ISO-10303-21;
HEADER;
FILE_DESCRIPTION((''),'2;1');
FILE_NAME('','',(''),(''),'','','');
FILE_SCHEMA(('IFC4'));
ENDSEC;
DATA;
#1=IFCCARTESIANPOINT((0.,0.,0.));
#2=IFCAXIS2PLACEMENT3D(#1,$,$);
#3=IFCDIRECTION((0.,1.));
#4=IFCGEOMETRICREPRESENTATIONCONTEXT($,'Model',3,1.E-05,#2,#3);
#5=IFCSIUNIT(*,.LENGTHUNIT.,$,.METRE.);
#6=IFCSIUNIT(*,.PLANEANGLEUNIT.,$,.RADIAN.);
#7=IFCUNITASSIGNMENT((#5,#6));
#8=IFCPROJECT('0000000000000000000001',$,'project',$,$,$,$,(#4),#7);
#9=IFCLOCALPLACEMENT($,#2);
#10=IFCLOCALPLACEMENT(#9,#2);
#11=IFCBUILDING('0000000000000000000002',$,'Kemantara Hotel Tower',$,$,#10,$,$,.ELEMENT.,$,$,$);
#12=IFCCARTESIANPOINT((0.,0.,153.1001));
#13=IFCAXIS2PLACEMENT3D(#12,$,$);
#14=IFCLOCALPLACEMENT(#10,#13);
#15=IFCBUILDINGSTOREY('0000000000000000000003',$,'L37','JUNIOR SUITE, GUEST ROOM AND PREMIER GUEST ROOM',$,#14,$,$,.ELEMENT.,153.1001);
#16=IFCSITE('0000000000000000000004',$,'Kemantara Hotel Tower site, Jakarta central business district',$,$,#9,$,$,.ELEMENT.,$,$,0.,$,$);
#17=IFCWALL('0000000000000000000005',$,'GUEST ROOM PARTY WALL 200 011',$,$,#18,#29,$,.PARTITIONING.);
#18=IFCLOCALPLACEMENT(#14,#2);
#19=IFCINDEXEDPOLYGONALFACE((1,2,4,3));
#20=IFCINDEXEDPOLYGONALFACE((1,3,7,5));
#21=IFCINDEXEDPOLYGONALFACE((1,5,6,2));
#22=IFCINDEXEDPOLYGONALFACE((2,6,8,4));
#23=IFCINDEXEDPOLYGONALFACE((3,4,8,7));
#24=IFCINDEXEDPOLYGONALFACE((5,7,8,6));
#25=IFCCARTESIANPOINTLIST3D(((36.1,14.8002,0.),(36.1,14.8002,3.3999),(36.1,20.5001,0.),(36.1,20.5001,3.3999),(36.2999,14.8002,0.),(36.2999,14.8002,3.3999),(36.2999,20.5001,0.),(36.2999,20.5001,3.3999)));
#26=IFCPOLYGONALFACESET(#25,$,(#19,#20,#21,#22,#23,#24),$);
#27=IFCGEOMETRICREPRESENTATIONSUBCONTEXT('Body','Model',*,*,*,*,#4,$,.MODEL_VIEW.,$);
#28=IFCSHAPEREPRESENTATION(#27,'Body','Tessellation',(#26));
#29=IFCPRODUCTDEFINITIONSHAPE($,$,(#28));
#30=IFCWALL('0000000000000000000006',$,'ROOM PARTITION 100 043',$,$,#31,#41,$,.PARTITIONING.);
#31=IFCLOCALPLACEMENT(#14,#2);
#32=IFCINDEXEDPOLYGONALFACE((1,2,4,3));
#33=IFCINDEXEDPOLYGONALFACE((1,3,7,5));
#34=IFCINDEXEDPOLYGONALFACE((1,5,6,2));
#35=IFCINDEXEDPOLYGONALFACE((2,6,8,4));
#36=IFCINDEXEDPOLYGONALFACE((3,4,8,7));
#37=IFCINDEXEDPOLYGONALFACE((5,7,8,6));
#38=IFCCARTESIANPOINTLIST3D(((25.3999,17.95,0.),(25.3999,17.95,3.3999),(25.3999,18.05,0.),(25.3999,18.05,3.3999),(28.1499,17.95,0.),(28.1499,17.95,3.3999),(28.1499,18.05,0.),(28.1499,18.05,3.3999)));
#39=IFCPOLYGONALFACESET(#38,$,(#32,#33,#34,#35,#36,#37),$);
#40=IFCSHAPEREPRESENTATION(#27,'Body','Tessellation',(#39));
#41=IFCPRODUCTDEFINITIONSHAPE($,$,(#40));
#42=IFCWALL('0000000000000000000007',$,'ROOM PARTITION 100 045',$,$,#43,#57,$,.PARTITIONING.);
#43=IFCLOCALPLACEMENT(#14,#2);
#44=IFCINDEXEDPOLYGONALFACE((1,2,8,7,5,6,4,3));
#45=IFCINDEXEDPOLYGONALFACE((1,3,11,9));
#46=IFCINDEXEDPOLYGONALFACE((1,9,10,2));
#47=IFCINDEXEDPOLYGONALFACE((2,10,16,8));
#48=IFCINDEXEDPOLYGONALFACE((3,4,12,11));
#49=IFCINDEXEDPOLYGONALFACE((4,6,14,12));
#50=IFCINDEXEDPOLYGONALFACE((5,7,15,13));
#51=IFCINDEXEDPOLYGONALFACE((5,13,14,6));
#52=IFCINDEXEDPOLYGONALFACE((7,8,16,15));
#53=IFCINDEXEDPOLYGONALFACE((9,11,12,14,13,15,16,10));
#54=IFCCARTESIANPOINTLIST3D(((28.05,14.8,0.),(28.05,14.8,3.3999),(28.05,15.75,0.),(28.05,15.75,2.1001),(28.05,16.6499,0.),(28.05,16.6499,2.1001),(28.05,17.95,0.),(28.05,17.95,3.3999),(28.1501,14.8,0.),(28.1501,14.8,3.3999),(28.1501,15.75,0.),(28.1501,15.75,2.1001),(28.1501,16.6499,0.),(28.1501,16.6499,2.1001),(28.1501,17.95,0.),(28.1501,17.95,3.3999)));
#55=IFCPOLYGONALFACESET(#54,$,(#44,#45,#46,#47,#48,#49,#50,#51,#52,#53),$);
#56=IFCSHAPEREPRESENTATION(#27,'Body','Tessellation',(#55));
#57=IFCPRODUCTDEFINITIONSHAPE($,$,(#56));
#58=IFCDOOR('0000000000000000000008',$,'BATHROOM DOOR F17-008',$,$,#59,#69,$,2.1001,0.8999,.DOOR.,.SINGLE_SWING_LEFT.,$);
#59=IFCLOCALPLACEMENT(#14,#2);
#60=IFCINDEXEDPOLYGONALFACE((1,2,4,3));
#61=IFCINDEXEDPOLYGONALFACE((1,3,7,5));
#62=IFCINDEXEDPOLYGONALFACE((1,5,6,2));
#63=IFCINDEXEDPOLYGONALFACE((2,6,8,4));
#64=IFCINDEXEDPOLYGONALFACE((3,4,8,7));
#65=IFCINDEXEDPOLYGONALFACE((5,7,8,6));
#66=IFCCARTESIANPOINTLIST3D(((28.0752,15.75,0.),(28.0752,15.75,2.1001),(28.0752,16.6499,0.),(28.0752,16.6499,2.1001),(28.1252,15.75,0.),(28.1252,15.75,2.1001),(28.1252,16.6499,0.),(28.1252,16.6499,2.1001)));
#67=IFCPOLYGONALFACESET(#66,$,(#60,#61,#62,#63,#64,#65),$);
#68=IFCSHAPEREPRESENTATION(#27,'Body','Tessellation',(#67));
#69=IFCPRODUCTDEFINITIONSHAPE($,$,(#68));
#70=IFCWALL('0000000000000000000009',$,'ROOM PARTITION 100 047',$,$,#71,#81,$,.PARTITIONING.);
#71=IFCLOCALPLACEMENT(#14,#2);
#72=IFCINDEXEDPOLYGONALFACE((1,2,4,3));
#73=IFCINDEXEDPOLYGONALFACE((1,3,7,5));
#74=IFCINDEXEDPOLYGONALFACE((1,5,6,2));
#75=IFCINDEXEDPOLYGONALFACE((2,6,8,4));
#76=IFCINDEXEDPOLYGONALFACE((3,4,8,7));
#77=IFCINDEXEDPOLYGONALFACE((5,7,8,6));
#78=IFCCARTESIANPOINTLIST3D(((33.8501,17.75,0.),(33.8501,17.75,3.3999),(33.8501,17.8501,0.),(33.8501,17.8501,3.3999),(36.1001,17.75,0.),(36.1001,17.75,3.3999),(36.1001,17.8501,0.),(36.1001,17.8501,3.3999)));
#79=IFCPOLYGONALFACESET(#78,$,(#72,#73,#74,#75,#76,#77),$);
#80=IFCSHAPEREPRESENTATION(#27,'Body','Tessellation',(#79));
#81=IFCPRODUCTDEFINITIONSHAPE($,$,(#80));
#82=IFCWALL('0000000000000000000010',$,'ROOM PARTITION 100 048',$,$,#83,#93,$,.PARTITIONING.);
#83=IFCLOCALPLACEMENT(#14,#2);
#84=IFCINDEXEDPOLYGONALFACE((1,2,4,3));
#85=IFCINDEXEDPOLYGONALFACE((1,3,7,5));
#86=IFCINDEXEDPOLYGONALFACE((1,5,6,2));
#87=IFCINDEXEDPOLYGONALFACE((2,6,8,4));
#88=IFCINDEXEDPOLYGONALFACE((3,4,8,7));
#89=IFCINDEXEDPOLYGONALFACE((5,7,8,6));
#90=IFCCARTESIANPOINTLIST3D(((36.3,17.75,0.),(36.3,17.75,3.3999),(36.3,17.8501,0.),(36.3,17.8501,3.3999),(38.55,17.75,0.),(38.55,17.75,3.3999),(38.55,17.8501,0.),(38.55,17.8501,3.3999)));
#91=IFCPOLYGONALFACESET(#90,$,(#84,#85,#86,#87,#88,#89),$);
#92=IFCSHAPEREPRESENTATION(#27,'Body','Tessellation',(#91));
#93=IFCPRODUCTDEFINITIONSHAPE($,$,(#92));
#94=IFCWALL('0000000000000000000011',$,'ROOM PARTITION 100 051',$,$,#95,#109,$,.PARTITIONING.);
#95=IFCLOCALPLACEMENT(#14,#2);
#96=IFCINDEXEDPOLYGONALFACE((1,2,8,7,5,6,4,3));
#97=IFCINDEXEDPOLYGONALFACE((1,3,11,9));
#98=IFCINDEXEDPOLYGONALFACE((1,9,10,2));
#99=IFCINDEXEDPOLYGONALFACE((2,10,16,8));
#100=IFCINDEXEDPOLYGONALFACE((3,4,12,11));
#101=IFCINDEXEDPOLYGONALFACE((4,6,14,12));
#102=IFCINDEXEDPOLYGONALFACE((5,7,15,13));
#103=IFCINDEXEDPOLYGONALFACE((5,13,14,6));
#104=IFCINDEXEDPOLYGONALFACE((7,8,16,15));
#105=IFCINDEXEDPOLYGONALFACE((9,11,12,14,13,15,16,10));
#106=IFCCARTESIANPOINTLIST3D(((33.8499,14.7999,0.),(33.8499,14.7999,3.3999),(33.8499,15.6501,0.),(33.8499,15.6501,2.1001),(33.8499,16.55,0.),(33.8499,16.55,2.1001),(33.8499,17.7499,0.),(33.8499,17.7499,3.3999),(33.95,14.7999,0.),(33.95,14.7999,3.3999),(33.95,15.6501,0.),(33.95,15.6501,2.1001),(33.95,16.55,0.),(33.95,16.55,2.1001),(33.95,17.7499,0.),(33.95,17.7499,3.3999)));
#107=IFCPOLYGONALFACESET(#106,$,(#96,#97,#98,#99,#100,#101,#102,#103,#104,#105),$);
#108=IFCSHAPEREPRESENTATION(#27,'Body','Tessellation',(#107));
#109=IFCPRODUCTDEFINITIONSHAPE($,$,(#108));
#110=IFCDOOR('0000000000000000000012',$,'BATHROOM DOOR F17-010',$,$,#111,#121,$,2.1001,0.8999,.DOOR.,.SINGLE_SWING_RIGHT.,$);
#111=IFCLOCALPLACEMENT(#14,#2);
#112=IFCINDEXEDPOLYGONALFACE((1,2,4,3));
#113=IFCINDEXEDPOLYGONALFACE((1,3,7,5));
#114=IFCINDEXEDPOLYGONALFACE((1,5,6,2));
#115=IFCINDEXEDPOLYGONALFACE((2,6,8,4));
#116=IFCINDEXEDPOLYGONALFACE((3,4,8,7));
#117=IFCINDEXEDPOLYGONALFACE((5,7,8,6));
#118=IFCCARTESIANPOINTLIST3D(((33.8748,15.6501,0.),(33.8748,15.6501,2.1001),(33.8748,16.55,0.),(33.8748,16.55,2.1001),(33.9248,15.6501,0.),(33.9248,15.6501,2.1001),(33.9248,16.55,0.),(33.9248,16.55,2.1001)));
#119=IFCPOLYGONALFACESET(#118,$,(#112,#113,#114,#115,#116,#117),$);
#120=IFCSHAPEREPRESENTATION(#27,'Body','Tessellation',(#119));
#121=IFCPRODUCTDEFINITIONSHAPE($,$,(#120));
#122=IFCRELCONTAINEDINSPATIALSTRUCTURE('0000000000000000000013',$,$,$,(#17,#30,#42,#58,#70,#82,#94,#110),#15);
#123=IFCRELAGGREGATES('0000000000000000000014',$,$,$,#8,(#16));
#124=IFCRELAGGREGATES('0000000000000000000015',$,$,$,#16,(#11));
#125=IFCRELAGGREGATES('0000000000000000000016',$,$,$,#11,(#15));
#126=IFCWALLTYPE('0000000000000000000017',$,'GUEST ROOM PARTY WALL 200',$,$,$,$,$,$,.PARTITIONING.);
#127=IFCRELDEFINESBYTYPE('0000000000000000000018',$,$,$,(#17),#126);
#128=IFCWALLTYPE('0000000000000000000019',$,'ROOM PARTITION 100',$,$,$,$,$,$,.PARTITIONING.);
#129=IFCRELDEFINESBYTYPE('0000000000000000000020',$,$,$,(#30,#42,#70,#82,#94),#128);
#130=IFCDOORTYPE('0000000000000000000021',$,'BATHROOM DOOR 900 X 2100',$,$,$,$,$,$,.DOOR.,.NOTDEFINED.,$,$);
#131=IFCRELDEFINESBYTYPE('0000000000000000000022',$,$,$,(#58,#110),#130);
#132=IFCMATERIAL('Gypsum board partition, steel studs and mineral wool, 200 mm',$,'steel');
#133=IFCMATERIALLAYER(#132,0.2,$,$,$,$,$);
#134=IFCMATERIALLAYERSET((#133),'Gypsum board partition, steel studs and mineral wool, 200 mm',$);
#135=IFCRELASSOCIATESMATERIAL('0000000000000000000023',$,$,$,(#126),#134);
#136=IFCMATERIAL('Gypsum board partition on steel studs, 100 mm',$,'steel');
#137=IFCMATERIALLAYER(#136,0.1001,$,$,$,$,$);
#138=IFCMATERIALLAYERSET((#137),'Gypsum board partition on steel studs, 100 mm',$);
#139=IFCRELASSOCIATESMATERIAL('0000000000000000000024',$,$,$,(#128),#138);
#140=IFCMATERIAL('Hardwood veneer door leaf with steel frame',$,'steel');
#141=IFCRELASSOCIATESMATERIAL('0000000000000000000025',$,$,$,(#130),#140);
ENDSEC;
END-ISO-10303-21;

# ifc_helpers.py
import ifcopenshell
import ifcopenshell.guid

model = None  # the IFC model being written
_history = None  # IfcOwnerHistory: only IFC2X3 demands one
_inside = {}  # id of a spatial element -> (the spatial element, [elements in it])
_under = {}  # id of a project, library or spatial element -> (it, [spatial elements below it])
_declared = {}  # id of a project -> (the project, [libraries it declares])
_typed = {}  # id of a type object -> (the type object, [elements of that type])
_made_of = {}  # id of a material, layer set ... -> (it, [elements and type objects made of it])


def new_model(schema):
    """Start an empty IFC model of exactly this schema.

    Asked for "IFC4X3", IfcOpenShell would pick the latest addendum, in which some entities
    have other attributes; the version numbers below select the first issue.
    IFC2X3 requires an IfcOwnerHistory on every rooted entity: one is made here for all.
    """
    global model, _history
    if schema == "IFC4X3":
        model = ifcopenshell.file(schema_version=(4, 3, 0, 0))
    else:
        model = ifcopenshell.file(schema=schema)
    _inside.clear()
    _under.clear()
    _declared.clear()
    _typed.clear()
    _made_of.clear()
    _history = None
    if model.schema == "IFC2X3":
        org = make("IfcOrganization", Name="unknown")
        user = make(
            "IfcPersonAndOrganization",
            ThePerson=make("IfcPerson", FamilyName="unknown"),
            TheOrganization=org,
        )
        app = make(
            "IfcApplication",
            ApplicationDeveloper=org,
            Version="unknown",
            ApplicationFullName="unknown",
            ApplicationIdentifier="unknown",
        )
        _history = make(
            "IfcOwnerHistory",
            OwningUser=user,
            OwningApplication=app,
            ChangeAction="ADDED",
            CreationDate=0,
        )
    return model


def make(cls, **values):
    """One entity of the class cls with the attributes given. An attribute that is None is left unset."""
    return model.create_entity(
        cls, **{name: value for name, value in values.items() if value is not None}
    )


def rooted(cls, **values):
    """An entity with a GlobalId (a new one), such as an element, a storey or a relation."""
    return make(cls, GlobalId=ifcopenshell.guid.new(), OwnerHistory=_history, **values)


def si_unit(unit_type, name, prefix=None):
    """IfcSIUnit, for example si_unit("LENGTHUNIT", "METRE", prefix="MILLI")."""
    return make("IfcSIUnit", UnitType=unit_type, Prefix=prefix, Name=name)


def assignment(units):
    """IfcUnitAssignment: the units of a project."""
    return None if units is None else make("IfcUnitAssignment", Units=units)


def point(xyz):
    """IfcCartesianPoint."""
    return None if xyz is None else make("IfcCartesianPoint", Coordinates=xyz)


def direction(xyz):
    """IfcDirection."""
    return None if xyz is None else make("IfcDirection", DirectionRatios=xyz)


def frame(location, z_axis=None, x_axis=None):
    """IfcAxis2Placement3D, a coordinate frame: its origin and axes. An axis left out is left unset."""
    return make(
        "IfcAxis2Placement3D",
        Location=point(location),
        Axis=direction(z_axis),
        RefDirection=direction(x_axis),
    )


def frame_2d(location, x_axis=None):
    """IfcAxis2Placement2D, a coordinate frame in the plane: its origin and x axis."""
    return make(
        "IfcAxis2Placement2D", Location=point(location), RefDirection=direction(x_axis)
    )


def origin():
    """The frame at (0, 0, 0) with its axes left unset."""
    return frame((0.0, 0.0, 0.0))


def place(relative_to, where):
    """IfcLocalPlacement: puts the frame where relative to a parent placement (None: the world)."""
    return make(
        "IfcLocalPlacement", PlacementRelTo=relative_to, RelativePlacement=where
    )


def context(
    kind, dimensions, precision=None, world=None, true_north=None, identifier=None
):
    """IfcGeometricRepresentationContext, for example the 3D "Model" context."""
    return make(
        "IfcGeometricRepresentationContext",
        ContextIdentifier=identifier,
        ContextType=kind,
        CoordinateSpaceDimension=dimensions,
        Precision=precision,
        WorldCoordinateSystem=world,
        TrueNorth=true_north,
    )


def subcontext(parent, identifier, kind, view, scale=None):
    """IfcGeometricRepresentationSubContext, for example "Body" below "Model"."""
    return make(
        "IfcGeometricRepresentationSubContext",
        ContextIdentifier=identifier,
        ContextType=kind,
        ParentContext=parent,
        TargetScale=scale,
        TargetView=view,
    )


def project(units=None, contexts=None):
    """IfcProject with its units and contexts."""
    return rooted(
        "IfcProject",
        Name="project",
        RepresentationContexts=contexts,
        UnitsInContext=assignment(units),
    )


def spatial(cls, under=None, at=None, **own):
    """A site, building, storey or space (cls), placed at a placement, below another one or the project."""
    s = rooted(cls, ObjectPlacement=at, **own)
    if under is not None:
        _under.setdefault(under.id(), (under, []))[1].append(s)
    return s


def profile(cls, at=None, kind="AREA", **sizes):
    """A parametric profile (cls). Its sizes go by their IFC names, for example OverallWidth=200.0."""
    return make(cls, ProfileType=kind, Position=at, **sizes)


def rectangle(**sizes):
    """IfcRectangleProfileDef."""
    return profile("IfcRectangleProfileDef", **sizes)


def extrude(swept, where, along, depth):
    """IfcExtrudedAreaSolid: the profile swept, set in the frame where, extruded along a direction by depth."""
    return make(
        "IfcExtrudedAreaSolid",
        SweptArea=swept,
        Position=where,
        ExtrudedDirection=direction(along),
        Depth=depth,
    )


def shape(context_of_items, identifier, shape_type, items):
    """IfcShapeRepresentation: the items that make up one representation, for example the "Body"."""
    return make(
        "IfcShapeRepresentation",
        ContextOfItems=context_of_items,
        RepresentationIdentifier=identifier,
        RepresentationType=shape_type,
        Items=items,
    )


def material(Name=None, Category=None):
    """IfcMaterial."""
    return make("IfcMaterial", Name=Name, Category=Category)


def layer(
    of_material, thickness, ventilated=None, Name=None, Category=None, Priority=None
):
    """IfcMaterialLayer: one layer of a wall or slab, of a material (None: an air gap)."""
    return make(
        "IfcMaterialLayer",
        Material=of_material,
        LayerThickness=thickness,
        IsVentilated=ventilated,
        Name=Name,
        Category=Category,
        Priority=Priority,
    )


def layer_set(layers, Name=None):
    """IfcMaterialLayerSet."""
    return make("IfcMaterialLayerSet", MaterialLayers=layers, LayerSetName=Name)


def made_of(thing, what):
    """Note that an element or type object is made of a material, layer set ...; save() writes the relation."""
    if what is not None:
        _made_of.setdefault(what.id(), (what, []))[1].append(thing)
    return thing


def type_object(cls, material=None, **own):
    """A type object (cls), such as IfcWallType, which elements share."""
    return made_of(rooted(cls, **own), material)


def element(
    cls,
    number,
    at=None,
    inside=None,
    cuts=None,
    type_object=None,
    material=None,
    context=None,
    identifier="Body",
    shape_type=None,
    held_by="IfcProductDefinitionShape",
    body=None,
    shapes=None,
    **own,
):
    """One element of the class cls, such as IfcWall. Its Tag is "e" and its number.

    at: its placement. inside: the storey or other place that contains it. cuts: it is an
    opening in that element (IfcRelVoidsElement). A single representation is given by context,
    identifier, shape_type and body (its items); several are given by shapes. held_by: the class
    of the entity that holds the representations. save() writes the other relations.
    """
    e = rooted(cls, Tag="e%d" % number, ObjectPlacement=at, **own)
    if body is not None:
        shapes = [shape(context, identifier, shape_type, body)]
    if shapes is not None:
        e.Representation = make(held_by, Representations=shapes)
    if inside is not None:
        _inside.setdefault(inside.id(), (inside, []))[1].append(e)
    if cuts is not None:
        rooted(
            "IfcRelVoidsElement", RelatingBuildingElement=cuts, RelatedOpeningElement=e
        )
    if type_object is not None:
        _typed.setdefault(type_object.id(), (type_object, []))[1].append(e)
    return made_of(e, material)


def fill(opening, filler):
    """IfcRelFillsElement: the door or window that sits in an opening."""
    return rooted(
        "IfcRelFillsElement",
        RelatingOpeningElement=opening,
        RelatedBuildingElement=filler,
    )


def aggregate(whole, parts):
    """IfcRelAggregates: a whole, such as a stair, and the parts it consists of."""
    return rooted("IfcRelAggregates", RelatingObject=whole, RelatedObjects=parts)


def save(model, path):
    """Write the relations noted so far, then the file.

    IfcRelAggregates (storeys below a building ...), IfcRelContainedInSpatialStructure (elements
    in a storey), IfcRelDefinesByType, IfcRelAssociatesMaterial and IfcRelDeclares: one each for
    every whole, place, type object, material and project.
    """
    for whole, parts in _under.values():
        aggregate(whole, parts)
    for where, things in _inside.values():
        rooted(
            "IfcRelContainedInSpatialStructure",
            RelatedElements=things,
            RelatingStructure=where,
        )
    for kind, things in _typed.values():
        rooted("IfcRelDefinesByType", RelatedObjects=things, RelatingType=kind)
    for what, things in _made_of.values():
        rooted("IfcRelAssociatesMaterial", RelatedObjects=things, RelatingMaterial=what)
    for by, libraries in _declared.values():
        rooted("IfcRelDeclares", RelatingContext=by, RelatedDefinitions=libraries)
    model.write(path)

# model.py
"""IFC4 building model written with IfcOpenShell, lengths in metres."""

from ifc_helpers import new_model, si_unit, direction, frame, frame_2d, origin, place, context, subcontext, project, spatial, rectangle, extrude, material, layer, layer_set, type_object, element, fill, save


model = new_model("IFC4")

# Units and contexts
model_context = context("Model", 3, precision=1e-05, world=origin(), true_north=direction((0.0, 1.0)))
body_context = subcontext(model_context, "Body", "Model", "MODEL_VIEW")
ifc_project = project(units=[si_unit("LENGTHUNIT", "METRE"), si_unit("PLANEANGLEUNIT", "RADIAN")], contexts=[model_context])

# Site, building, storey
site_placement = place(None, origin())
site = spatial("IfcSite", under=ifc_project, at=site_placement, Name="Kemantara Hotel Tower site, Jakarta central business district", CompositionType="ELEMENT", RefElevation=0.0)
building_placement = place(site_placement, origin())
building = spatial("IfcBuilding", under=site, at=building_placement, Name="Kemantara Hotel Tower", CompositionType="ELEMENT")
storey_placement = place(building_placement, frame((0.0, 0.0, 153.1001)))
storey = spatial("IfcBuildingStorey", under=building, at=storey_placement, Name="L37", Description="JUNIOR SUITE, GUEST ROOM AND PREMIER GUEST ROOM", CompositionType="ELEMENT", Elevation=153.1001)

# Shared definitions
ifc_material_1 = material(Name="Gypsum board partition, steel studs and mineral wool, 200 mm", Category="steel")
ifc_material_2 = material(Name="Hardwood veneer door leaf with steel frame", Category="steel")

# Walls
ifc_layer_1 = layer(ifc_material_1, 0.2)
ifc_layer_set_1 = layer_set([ifc_layer_1], Name="Gypsum board partition, steel studs and mineral wool, 200 mm")
wall_type_1 = type_object("IfcWallType", Name="GUEST ROOM PARTY WALL 200", PredefinedType="PARTITIONING", material=ifc_layer_set_1)
wall_1_placement = place(storey_placement, frame((36.2, 14.8, 0.0), z_axis=(0.0, 0.0, 1.0), x_axis=(0.0, 1.0, 0.0)))
element("IfcWall", 1, at=wall_1_placement, inside=storey, type_object=wall_type_1, Name="GUEST ROOM PARTY WALL 200 011", PredefinedType="PARTITIONING", context=body_context, shape_type="SweptSolid", body=[
    extrude(rectangle(XDim=5.7, YDim=0.2, at=frame_2d((2.8501, 0.0))), origin(), (0.0, 0.0, 1.0), 3.3999),
])
ifc_material_3 = material(Name="Gypsum board partition on steel studs, 100 mm", Category="steel")
ifc_layer_2 = layer(ifc_material_3, 0.1001)
ifc_layer_set_2 = layer_set([ifc_layer_2], Name="Gypsum board partition on steel studs, 100 mm")
wall_type_2 = type_object("IfcWallType", Name="ROOM PARTITION 100", PredefinedType="PARTITIONING", material=ifc_layer_set_2)
wall_2_placement = place(storey_placement, frame((25.3999, 18.0, 0.0), z_axis=(0.0, 0.0, 1.0), x_axis=(1.0, 0.0, 0.0)))
element("IfcWall", 2, at=wall_2_placement, inside=storey, type_object=wall_type_2, Name="ROOM PARTITION 100 043", PredefinedType="PARTITIONING", context=body_context, shape_type="SweptSolid", body=[
    extrude(rectangle(XDim=2.75, YDim=0.1001, at=frame_2d((1.375, 0.0))), origin(), (0.0, 0.0, 1.0), 3.3999),
])

# Wall, opening, door
wall_3_placement = place(storey_placement, frame((28.1001, 14.8, 0.0), z_axis=(0.0, 0.0, 1.0), x_axis=(0.0, 1.0, 0.0)))
wall_3 = element("IfcWall", 3, at=wall_3_placement, inside=storey, type_object=wall_type_2, Name="ROOM PARTITION 100 045", PredefinedType="PARTITIONING", context=body_context, shape_type="SweptSolid", body=[
    extrude(rectangle(XDim=3.1499, YDim=0.1001, at=frame_2d((1.575, 0.0))), origin(), (0.0, 0.0, 1.0), 3.3999),
])
opening_1_placement = place(wall_3_placement, frame((0.95, 0.0, 0.0)))
opening_1 = element("IfcOpeningElement", 4, at=opening_1_placement, cuts=wall_3, PredefinedType="OPENING", context=body_context, shape_type="SweptSolid", body=[
    extrude(rectangle(XDim=0.8999, YDim=2.1001, at=frame_2d((0.45, 1.05))), frame((0.0, 0.0601, 0.0), z_axis=(0.0, -1.0, 0.0), x_axis=(1.0, 0.0, 0.0)), (0.0, 0.0, 1.0), 0.1201),
])
door_type_1 = type_object("IfcDoorType", Name="BATHROOM DOOR 900 X 2100", OperationType="NOTDEFINED", PredefinedType="DOOR", material=ifc_material_2)
door_1_placement = place(opening_1_placement, origin())
door_1 = element("IfcDoor", 5, at=door_1_placement, inside=storey, type_object=door_type_1, Name="BATHROOM DOOR F17-008", OperationType="SINGLE_SWING_LEFT", OverallHeight=2.1001, OverallWidth=0.8999, PredefinedType="DOOR", context=body_context, shape_type="SweptSolid", body=[
    extrude(rectangle(XDim=0.8999, YDim=2.1001, at=frame_2d((0.45, 1.05))), frame((0.0, 0.0249, 0.0), z_axis=(0.0, -1.0, 0.0), x_axis=(1.0, 0.0, 0.0)), (0.0, 0.0, 1.0), 0.05),
])
fill(opening_1, door_1)

# Walls
for number, where, z_axis, x_axis, name in (
    (6, (33.8501, 17.8, 0.0), (0.0, 0.0, 1.0), (1.0, 0.0, 0.0), "ROOM PARTITION 100 047"),
    (7, (36.3, 17.8, 0.0), (0.0, 0.0, 1.0), (1.0, 0.0, 0.0), "ROOM PARTITION 100 048"),
):
    element("IfcWall", number, at=place(storey_placement, frame(where, z_axis=z_axis, x_axis=x_axis)), inside=storey, type_object=wall_type_2, Name=name, PredefinedType="PARTITIONING", context=body_context, shape_type="SweptSolid", body=[
        extrude(rectangle(XDim=2.25, YDim=0.1001, at=frame_2d((1.125, 0.0))), origin(), (0.0, 0.0, 1.0), 3.3999),
    ])

# Wall, opening, door
wall_4_placement = place(storey_placement, frame((33.8999, 17.75, 0.0), z_axis=(0.0, 0.0, 1.0), x_axis=(0.0, -1.0, 0.0)))
wall_4 = element("IfcWall", 8, at=wall_4_placement, inside=storey, type_object=wall_type_2, Name="ROOM PARTITION 100 051", PredefinedType="PARTITIONING", context=body_context, shape_type="SweptSolid", body=[
    extrude(rectangle(XDim=2.95, YDim=0.1001, at=frame_2d((1.4751, 0.0))), origin(), (0.0, 0.0, 1.0), 3.3999),
])
opening_2_placement = place(wall_4_placement, frame((1.2, 0.0, 0.0)))
opening_2 = element("IfcOpeningElement", 9, at=opening_2_placement, cuts=wall_4, PredefinedType="OPENING", context=body_context, shape_type="SweptSolid", body=[
    extrude(rectangle(XDim=0.8999, YDim=2.1001, at=frame_2d((0.45, 1.05))), frame((0.0, 0.0601, 0.0), z_axis=(0.0, -1.0, 0.0), x_axis=(1.0, 0.0, 0.0)), (0.0, 0.0, 1.0), 0.1201),
])
door_2_placement = place(opening_2_placement, origin())
door_2 = element("IfcDoor", 10, at=door_2_placement, inside=storey, type_object=door_type_1, Name="BATHROOM DOOR F17-010", OperationType="SINGLE_SWING_RIGHT", OverallHeight=2.1001, OverallWidth=0.8999, PredefinedType="DOOR", context=body_context, shape_type="SweptSolid", body=[
    extrude(rectangle(XDim=0.8999, YDim=2.1001, at=frame_2d((0.45, 1.05))), frame((0.0, 0.0249, 0.0), z_axis=(0.0, -1.0, 0.0), x_axis=(1.0, 0.0, 0.0)), (0.0, 0.0, 1.0), 0.05),
])
fill(opening_2, door_2)

save(model, "model.ifc")
